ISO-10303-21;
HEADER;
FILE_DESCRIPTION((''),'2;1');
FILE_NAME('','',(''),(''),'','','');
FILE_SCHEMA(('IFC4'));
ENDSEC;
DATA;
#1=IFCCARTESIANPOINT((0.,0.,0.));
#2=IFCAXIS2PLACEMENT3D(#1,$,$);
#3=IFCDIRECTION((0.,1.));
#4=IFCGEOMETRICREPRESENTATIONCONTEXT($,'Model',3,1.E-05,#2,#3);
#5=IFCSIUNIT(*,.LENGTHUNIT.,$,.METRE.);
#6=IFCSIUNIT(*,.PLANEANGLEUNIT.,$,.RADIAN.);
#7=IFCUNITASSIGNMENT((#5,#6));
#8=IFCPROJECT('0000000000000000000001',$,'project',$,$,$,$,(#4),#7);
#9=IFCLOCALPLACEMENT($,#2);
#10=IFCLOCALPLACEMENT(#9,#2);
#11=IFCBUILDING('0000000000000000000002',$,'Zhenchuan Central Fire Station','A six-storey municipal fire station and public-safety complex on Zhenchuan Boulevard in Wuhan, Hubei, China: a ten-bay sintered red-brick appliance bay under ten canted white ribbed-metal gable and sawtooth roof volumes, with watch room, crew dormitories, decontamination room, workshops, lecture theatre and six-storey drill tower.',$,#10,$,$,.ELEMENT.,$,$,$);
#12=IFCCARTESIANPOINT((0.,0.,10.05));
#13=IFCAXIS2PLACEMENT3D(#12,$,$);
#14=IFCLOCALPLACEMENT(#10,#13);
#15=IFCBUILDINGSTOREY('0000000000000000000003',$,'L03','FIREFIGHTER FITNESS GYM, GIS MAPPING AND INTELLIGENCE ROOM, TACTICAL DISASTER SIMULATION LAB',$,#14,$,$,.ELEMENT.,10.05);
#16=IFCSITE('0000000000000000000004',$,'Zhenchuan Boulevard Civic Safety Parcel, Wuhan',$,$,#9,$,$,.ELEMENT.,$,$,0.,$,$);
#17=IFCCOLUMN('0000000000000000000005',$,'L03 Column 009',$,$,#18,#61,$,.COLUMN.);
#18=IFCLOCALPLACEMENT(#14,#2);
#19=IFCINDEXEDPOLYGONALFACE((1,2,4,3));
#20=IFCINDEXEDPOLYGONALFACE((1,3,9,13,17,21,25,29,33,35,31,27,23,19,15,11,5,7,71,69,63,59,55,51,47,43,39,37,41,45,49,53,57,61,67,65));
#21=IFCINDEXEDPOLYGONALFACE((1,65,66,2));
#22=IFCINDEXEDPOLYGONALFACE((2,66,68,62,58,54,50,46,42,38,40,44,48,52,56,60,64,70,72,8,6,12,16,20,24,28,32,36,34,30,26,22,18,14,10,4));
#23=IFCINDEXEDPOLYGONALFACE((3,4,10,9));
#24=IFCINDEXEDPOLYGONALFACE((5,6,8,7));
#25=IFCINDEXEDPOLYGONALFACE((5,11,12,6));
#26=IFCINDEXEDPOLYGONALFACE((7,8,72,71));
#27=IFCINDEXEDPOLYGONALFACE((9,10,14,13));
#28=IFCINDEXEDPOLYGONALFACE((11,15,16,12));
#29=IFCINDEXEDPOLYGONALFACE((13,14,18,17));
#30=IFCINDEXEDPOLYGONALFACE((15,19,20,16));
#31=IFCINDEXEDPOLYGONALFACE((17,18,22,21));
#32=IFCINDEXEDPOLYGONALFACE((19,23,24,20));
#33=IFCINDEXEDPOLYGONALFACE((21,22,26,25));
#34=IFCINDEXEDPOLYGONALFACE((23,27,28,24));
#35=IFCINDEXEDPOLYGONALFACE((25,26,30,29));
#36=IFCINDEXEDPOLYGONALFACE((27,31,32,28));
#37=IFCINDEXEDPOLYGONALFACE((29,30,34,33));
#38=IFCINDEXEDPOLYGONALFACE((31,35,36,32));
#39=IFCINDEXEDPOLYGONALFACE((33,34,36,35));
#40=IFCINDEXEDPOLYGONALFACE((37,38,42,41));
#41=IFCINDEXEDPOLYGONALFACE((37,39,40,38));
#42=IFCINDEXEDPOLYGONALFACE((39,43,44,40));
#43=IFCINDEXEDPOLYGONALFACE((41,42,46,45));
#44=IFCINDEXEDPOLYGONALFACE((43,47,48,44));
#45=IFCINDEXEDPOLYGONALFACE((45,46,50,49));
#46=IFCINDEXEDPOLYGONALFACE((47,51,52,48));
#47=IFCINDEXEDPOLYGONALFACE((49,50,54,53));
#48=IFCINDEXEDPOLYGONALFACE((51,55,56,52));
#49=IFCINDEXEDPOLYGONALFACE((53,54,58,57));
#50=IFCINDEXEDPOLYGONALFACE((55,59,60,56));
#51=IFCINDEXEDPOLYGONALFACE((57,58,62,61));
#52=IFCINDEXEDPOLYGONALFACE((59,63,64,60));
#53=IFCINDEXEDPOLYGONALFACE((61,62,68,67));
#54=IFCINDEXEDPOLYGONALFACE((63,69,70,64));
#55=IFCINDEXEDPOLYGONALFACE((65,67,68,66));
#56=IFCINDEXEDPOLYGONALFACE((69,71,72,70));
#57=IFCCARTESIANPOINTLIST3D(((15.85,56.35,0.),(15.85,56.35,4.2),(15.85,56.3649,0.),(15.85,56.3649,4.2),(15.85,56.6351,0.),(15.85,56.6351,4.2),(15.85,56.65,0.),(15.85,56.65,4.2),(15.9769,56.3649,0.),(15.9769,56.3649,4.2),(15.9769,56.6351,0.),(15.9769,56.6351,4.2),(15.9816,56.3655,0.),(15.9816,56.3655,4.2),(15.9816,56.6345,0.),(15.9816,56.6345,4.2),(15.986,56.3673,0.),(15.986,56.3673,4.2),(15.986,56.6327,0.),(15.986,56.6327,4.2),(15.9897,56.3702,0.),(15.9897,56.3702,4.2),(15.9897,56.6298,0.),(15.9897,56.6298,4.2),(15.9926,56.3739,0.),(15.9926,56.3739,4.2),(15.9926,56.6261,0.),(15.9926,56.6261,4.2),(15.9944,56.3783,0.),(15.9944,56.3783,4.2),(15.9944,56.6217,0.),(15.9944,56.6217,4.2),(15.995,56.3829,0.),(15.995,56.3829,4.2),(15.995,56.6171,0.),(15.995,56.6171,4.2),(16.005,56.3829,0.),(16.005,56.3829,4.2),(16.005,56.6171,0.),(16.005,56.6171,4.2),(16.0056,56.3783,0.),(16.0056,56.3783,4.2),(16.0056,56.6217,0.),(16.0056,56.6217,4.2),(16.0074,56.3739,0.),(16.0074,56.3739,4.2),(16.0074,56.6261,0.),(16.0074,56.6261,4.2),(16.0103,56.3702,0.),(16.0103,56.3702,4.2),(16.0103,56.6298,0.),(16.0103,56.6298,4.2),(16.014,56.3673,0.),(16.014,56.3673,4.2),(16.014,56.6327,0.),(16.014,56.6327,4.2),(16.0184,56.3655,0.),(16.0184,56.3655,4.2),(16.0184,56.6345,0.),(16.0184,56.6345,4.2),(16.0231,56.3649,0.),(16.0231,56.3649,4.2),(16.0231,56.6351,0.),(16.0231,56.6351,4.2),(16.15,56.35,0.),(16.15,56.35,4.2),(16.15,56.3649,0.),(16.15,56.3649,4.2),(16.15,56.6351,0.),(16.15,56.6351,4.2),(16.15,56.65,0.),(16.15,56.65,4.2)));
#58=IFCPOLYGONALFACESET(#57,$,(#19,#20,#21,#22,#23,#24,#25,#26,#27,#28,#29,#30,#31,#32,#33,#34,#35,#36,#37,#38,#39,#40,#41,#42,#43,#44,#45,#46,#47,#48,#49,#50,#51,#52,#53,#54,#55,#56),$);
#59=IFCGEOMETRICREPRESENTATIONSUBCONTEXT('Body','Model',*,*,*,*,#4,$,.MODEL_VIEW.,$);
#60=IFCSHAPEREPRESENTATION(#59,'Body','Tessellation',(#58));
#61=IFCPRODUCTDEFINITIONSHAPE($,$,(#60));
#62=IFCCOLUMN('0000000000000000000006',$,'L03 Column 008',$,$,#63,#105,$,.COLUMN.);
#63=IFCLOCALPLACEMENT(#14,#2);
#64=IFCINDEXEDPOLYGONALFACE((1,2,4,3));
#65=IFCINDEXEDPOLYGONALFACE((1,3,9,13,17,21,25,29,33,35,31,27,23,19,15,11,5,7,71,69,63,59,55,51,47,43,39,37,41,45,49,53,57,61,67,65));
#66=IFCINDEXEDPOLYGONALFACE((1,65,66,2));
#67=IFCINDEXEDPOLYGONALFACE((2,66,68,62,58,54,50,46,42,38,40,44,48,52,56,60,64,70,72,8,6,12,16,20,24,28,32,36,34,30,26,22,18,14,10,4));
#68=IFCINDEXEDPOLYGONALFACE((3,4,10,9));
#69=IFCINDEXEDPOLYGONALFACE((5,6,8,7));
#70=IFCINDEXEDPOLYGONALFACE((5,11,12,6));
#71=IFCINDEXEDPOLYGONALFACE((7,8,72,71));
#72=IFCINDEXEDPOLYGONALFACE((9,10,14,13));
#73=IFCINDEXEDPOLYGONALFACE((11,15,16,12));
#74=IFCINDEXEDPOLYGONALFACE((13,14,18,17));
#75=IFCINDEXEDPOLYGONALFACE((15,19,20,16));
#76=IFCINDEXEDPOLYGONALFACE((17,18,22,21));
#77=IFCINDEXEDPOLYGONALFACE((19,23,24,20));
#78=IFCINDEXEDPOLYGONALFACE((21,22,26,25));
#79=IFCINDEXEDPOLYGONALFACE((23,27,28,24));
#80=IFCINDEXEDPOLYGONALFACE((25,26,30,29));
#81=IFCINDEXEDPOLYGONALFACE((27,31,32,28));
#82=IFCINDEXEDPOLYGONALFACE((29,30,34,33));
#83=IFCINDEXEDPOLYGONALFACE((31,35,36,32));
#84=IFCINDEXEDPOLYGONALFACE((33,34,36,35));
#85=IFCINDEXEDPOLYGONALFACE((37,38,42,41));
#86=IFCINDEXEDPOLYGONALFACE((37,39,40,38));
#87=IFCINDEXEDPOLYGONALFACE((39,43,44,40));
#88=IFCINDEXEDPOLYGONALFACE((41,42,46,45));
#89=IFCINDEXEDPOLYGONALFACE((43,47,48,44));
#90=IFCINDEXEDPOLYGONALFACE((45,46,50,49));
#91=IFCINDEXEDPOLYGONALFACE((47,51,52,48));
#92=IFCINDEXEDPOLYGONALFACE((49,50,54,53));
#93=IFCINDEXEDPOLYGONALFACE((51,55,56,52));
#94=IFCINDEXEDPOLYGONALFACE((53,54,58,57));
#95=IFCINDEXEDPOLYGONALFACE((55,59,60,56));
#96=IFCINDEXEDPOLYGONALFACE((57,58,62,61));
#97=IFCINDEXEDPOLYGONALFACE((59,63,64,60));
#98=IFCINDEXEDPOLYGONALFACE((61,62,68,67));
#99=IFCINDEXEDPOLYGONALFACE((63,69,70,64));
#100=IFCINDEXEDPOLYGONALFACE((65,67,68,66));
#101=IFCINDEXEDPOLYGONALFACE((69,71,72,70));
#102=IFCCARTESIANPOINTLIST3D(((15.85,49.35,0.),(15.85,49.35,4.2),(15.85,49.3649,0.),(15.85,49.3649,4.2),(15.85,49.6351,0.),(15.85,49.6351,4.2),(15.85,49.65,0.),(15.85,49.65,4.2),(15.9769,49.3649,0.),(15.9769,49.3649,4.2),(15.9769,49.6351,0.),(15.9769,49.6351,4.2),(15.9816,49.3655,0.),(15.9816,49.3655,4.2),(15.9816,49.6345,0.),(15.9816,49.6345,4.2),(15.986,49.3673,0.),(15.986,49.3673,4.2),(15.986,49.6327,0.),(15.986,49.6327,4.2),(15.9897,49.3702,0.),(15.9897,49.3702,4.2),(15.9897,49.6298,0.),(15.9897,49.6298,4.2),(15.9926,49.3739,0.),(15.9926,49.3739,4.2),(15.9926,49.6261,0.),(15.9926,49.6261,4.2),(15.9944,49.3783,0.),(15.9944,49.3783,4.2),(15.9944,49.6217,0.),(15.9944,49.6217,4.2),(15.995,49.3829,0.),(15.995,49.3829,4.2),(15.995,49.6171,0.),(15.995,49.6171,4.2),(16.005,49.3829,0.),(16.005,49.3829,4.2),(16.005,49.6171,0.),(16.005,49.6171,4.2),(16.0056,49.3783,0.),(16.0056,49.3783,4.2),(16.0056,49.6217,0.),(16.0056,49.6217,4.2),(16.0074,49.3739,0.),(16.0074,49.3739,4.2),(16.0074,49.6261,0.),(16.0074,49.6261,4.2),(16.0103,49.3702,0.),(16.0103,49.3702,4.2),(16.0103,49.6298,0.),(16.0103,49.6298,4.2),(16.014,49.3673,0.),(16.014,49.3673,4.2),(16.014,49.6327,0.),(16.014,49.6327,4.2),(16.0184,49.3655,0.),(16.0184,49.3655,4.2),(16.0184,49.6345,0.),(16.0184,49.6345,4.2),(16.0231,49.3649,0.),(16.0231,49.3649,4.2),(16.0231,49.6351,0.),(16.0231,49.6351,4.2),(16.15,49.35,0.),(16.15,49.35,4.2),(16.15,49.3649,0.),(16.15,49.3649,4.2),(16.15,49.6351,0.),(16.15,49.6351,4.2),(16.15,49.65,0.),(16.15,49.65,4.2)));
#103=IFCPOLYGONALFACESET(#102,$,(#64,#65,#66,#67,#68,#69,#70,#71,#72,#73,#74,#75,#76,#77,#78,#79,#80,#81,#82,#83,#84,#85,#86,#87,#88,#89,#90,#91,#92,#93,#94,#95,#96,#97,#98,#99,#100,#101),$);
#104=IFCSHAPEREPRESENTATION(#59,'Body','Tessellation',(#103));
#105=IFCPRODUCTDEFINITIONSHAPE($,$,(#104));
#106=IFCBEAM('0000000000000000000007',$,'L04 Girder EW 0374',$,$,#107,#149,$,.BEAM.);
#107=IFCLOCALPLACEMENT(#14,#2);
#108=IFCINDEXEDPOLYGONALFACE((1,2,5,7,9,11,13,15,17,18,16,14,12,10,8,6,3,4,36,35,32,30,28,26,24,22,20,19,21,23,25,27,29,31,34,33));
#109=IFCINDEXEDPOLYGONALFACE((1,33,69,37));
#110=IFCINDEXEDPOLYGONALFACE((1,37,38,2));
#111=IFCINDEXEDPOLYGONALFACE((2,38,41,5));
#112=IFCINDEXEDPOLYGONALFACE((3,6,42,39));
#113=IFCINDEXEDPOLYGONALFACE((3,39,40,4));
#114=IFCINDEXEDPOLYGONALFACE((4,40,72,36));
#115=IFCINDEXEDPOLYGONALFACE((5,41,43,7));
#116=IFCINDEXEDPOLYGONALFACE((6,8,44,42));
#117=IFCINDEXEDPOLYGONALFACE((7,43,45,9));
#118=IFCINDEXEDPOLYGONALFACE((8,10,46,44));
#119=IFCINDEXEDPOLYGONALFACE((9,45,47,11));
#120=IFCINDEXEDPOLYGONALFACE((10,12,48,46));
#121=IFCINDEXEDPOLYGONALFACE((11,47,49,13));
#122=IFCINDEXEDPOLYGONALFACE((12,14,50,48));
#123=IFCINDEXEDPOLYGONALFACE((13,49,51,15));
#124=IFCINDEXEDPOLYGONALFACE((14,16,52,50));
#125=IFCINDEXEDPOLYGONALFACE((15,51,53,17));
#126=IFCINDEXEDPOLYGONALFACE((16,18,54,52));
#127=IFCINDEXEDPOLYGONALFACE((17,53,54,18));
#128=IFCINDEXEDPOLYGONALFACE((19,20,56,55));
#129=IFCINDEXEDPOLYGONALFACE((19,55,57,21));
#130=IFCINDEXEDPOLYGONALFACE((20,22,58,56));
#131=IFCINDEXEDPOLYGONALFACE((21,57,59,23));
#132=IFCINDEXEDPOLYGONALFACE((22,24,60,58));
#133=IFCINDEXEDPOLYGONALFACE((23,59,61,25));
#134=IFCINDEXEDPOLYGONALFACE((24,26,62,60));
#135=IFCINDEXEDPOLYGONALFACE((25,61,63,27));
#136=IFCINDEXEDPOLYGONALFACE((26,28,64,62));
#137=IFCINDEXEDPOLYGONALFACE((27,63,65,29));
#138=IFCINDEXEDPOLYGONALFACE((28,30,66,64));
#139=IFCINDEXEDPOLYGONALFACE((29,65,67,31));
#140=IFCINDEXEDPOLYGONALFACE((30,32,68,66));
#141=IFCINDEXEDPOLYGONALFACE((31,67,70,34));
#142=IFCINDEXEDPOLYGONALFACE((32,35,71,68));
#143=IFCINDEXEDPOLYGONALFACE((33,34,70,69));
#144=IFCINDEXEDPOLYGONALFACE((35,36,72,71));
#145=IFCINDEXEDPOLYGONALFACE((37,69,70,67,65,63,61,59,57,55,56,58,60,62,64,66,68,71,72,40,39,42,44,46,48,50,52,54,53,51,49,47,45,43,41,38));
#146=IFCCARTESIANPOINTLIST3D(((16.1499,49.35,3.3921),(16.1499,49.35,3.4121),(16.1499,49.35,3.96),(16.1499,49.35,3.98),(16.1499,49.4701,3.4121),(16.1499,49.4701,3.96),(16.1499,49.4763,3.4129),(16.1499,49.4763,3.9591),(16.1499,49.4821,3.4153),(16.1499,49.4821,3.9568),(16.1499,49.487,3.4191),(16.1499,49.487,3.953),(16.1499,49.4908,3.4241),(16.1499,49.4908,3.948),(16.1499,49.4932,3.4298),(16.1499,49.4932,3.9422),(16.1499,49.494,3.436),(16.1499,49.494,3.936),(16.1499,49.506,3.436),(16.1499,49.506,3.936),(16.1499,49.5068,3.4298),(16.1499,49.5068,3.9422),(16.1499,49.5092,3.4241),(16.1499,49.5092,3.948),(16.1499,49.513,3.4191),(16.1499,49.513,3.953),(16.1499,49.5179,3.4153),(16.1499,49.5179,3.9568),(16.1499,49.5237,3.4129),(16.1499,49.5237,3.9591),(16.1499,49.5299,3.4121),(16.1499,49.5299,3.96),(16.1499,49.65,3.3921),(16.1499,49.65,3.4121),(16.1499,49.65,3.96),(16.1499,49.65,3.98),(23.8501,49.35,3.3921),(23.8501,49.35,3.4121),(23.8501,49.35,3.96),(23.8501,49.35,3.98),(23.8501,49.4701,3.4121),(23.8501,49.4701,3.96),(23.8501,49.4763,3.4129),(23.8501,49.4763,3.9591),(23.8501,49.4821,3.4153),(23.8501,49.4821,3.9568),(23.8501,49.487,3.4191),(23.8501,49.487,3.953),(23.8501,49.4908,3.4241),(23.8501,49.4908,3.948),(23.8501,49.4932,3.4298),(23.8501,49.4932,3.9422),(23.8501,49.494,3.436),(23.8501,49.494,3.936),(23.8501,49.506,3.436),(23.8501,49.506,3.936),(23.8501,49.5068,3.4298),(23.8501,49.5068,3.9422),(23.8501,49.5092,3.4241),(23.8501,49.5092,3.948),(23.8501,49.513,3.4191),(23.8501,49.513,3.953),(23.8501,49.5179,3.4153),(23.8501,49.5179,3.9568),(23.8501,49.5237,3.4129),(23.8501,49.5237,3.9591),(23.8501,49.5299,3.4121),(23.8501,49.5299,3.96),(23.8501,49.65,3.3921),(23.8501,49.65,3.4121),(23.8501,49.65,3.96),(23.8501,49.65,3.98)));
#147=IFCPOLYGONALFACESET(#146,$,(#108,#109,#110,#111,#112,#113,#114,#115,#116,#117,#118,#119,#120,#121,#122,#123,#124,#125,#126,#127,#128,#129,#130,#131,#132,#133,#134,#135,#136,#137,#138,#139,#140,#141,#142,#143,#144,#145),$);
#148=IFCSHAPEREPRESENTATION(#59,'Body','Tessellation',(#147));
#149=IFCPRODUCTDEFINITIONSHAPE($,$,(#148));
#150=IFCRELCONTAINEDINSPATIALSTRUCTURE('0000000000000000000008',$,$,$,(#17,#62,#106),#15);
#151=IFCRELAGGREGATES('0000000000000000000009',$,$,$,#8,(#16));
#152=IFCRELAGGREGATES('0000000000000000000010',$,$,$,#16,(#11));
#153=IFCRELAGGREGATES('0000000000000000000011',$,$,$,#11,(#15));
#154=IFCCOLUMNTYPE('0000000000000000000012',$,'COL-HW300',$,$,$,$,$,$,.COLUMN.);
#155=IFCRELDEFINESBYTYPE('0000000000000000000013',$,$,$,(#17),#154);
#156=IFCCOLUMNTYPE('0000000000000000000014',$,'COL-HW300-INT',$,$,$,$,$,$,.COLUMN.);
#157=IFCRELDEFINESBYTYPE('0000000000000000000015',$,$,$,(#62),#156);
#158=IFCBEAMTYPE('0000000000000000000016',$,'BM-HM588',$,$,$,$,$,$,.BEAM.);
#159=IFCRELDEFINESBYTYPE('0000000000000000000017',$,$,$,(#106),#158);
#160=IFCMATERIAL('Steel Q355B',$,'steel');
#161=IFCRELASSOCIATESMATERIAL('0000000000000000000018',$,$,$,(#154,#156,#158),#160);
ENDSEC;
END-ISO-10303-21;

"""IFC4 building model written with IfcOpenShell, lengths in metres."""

from ifc_helpers import new_model, si_unit, direction, frame, origin, origin_2d, place, context, subcontext, project, spatial, i_section, extrude, material, material_profile, profile_set, type_object, element, save


model = new_model("IFC4")

# Units and contexts
model_context = context("Model", 3, precision=1e-05, world=origin(), true_north=direction((0.0, 1.0)))
body_context = subcontext(model_context, "Body", "Model", "MODEL_VIEW")
ifc_project = project(units=[si_unit("LENGTHUNIT", "METRE"), si_unit("PLANEANGLEUNIT", "RADIAN")], contexts=[model_context])

# Site, building, storey
site_placement = place(None, origin())
site = spatial("IfcSite", under=ifc_project, at=site_placement, Name="Zhenchuan Boulevard Civic Safety Parcel, Wuhan", CompositionType="ELEMENT", RefElevation=0.0)
building_placement = place(site_placement, origin())
building = spatial("IfcBuilding", under=site, at=building_placement, Name="Zhenchuan Central Fire Station", Description="A six-storey municipal fire station and public-safety complex on Zhenchuan Boulevard in Wuhan, Hubei, China: a ten-bay sintered red-brick appliance bay under ten canted white ribbed-metal gable and sawtooth roof volumes, with watch room, crew dormitories, decontamination room, workshops, lecture theatre and six-storey drill tower.", CompositionType="ELEMENT")
storey_placement = place(building_placement, frame((0.0, 0.0, 10.05)))
storey = spatial("IfcBuildingStorey", under=building, at=storey_placement, Name="L03", Description="FIREFIGHTER FITNESS GYM, GIS MAPPING AND INTELLIGENCE ROOM, TACTICAL DISASTER SIMULATION LAB", CompositionType="ELEMENT", Elevation=10.05)

# Columns
ifc_material_1 = material(Name="Steel Q355B", Category="steel")
ifc_material_profile_1 = material_profile(ifc_material_1, i_section(OverallWidth=0.3, OverallDepth=0.3, WebThickness=0.01, FlangeThickness=0.0149, FilletRadius=0.0181, at=origin_2d()), Name="HW 300x300")
ifc_profile_set_1 = profile_set([ifc_material_profile_1], Name="Steel Q355B")
column_type_1 = type_object("IfcColumnType", Name="COL-HW300", PredefinedType="COLUMN", material=ifc_profile_set_1)
column_1_placement = place(storey_placement, frame((16.0, 56.5, 0.0), z_axis=(0.0, 0.0, 1.0), x_axis=(1.0, 0.0, 0.0)))
element("IfcColumn", 1, at=column_1_placement, inside=storey, type_object=column_type_1, Name="L03 Column 009", PredefinedType="COLUMN", context=body_context, shape_type="SweptSolid", body=[
    extrude(i_section(OverallWidth=0.3, OverallDepth=0.3, WebThickness=0.01, FlangeThickness=0.0149, FilletRadius=0.0181, at=origin_2d()), origin(), (0.0, 0.0, 1.0), 4.2),
])
ifc_material_profile_2 = material_profile(ifc_material_1, i_section(OverallWidth=0.3, OverallDepth=0.3, WebThickness=0.01, FlangeThickness=0.0149, FilletRadius=0.0181, at=origin_2d()), Name="HW 300x300")
ifc_profile_set_2 = profile_set([ifc_material_profile_2], Name="Steel Q355B")
column_type_2 = type_object("IfcColumnType", Name="COL-HW300-INT", PredefinedType="COLUMN", material=ifc_profile_set_2)
column_2_placement = place(storey_placement, frame((16.0, 49.5, 0.0), z_axis=(0.0, 0.0, 1.0), x_axis=(1.0, 0.0, 0.0)))
element("IfcColumn", 2, at=column_2_placement, inside=storey, type_object=column_type_2, Name="L03 Column 008", PredefinedType="COLUMN", context=body_context, shape_type="SweptSolid", body=[
    extrude(i_section(OverallWidth=0.3, OverallDepth=0.3, WebThickness=0.01, FlangeThickness=0.0149, FilletRadius=0.0181, at=origin_2d()), origin(), (0.0, 0.0, 1.0), 4.2),
])

# Beam
ifc_material_profile_3 = material_profile(ifc_material_1, i_section(OverallWidth=0.3, OverallDepth=0.5879, WebThickness=0.012, FlangeThickness=0.02, FilletRadius=0.0239, at=origin_2d()), Name="HM 588x300")
ifc_profile_set_3 = profile_set([ifc_material_profile_3], Name="Steel Q355B")
beam_type_1 = type_object("IfcBeamType", Name="BM-HM588", PredefinedType="BEAM", material=ifc_profile_set_3)
beam_1_placement = place(storey_placement, frame((16.1499, 49.5, 3.686), z_axis=(1.0, 0.0, 0.0), x_axis=(0.0, 1.0, 0.0)))
element("IfcBeam", 3, at=beam_1_placement, inside=storey, type_object=beam_type_1, Name="L04 Girder EW 0374", PredefinedType="BEAM", context=body_context, shape_type="SweptSolid", body=[
    extrude(i_section(OverallWidth=0.3, OverallDepth=0.5879, WebThickness=0.012, FlangeThickness=0.02, FilletRadius=0.0239, at=origin_2d()), origin(), (0.0, 0.0, 1.0), 7.7002),
])

save(model, "model.ifc")
